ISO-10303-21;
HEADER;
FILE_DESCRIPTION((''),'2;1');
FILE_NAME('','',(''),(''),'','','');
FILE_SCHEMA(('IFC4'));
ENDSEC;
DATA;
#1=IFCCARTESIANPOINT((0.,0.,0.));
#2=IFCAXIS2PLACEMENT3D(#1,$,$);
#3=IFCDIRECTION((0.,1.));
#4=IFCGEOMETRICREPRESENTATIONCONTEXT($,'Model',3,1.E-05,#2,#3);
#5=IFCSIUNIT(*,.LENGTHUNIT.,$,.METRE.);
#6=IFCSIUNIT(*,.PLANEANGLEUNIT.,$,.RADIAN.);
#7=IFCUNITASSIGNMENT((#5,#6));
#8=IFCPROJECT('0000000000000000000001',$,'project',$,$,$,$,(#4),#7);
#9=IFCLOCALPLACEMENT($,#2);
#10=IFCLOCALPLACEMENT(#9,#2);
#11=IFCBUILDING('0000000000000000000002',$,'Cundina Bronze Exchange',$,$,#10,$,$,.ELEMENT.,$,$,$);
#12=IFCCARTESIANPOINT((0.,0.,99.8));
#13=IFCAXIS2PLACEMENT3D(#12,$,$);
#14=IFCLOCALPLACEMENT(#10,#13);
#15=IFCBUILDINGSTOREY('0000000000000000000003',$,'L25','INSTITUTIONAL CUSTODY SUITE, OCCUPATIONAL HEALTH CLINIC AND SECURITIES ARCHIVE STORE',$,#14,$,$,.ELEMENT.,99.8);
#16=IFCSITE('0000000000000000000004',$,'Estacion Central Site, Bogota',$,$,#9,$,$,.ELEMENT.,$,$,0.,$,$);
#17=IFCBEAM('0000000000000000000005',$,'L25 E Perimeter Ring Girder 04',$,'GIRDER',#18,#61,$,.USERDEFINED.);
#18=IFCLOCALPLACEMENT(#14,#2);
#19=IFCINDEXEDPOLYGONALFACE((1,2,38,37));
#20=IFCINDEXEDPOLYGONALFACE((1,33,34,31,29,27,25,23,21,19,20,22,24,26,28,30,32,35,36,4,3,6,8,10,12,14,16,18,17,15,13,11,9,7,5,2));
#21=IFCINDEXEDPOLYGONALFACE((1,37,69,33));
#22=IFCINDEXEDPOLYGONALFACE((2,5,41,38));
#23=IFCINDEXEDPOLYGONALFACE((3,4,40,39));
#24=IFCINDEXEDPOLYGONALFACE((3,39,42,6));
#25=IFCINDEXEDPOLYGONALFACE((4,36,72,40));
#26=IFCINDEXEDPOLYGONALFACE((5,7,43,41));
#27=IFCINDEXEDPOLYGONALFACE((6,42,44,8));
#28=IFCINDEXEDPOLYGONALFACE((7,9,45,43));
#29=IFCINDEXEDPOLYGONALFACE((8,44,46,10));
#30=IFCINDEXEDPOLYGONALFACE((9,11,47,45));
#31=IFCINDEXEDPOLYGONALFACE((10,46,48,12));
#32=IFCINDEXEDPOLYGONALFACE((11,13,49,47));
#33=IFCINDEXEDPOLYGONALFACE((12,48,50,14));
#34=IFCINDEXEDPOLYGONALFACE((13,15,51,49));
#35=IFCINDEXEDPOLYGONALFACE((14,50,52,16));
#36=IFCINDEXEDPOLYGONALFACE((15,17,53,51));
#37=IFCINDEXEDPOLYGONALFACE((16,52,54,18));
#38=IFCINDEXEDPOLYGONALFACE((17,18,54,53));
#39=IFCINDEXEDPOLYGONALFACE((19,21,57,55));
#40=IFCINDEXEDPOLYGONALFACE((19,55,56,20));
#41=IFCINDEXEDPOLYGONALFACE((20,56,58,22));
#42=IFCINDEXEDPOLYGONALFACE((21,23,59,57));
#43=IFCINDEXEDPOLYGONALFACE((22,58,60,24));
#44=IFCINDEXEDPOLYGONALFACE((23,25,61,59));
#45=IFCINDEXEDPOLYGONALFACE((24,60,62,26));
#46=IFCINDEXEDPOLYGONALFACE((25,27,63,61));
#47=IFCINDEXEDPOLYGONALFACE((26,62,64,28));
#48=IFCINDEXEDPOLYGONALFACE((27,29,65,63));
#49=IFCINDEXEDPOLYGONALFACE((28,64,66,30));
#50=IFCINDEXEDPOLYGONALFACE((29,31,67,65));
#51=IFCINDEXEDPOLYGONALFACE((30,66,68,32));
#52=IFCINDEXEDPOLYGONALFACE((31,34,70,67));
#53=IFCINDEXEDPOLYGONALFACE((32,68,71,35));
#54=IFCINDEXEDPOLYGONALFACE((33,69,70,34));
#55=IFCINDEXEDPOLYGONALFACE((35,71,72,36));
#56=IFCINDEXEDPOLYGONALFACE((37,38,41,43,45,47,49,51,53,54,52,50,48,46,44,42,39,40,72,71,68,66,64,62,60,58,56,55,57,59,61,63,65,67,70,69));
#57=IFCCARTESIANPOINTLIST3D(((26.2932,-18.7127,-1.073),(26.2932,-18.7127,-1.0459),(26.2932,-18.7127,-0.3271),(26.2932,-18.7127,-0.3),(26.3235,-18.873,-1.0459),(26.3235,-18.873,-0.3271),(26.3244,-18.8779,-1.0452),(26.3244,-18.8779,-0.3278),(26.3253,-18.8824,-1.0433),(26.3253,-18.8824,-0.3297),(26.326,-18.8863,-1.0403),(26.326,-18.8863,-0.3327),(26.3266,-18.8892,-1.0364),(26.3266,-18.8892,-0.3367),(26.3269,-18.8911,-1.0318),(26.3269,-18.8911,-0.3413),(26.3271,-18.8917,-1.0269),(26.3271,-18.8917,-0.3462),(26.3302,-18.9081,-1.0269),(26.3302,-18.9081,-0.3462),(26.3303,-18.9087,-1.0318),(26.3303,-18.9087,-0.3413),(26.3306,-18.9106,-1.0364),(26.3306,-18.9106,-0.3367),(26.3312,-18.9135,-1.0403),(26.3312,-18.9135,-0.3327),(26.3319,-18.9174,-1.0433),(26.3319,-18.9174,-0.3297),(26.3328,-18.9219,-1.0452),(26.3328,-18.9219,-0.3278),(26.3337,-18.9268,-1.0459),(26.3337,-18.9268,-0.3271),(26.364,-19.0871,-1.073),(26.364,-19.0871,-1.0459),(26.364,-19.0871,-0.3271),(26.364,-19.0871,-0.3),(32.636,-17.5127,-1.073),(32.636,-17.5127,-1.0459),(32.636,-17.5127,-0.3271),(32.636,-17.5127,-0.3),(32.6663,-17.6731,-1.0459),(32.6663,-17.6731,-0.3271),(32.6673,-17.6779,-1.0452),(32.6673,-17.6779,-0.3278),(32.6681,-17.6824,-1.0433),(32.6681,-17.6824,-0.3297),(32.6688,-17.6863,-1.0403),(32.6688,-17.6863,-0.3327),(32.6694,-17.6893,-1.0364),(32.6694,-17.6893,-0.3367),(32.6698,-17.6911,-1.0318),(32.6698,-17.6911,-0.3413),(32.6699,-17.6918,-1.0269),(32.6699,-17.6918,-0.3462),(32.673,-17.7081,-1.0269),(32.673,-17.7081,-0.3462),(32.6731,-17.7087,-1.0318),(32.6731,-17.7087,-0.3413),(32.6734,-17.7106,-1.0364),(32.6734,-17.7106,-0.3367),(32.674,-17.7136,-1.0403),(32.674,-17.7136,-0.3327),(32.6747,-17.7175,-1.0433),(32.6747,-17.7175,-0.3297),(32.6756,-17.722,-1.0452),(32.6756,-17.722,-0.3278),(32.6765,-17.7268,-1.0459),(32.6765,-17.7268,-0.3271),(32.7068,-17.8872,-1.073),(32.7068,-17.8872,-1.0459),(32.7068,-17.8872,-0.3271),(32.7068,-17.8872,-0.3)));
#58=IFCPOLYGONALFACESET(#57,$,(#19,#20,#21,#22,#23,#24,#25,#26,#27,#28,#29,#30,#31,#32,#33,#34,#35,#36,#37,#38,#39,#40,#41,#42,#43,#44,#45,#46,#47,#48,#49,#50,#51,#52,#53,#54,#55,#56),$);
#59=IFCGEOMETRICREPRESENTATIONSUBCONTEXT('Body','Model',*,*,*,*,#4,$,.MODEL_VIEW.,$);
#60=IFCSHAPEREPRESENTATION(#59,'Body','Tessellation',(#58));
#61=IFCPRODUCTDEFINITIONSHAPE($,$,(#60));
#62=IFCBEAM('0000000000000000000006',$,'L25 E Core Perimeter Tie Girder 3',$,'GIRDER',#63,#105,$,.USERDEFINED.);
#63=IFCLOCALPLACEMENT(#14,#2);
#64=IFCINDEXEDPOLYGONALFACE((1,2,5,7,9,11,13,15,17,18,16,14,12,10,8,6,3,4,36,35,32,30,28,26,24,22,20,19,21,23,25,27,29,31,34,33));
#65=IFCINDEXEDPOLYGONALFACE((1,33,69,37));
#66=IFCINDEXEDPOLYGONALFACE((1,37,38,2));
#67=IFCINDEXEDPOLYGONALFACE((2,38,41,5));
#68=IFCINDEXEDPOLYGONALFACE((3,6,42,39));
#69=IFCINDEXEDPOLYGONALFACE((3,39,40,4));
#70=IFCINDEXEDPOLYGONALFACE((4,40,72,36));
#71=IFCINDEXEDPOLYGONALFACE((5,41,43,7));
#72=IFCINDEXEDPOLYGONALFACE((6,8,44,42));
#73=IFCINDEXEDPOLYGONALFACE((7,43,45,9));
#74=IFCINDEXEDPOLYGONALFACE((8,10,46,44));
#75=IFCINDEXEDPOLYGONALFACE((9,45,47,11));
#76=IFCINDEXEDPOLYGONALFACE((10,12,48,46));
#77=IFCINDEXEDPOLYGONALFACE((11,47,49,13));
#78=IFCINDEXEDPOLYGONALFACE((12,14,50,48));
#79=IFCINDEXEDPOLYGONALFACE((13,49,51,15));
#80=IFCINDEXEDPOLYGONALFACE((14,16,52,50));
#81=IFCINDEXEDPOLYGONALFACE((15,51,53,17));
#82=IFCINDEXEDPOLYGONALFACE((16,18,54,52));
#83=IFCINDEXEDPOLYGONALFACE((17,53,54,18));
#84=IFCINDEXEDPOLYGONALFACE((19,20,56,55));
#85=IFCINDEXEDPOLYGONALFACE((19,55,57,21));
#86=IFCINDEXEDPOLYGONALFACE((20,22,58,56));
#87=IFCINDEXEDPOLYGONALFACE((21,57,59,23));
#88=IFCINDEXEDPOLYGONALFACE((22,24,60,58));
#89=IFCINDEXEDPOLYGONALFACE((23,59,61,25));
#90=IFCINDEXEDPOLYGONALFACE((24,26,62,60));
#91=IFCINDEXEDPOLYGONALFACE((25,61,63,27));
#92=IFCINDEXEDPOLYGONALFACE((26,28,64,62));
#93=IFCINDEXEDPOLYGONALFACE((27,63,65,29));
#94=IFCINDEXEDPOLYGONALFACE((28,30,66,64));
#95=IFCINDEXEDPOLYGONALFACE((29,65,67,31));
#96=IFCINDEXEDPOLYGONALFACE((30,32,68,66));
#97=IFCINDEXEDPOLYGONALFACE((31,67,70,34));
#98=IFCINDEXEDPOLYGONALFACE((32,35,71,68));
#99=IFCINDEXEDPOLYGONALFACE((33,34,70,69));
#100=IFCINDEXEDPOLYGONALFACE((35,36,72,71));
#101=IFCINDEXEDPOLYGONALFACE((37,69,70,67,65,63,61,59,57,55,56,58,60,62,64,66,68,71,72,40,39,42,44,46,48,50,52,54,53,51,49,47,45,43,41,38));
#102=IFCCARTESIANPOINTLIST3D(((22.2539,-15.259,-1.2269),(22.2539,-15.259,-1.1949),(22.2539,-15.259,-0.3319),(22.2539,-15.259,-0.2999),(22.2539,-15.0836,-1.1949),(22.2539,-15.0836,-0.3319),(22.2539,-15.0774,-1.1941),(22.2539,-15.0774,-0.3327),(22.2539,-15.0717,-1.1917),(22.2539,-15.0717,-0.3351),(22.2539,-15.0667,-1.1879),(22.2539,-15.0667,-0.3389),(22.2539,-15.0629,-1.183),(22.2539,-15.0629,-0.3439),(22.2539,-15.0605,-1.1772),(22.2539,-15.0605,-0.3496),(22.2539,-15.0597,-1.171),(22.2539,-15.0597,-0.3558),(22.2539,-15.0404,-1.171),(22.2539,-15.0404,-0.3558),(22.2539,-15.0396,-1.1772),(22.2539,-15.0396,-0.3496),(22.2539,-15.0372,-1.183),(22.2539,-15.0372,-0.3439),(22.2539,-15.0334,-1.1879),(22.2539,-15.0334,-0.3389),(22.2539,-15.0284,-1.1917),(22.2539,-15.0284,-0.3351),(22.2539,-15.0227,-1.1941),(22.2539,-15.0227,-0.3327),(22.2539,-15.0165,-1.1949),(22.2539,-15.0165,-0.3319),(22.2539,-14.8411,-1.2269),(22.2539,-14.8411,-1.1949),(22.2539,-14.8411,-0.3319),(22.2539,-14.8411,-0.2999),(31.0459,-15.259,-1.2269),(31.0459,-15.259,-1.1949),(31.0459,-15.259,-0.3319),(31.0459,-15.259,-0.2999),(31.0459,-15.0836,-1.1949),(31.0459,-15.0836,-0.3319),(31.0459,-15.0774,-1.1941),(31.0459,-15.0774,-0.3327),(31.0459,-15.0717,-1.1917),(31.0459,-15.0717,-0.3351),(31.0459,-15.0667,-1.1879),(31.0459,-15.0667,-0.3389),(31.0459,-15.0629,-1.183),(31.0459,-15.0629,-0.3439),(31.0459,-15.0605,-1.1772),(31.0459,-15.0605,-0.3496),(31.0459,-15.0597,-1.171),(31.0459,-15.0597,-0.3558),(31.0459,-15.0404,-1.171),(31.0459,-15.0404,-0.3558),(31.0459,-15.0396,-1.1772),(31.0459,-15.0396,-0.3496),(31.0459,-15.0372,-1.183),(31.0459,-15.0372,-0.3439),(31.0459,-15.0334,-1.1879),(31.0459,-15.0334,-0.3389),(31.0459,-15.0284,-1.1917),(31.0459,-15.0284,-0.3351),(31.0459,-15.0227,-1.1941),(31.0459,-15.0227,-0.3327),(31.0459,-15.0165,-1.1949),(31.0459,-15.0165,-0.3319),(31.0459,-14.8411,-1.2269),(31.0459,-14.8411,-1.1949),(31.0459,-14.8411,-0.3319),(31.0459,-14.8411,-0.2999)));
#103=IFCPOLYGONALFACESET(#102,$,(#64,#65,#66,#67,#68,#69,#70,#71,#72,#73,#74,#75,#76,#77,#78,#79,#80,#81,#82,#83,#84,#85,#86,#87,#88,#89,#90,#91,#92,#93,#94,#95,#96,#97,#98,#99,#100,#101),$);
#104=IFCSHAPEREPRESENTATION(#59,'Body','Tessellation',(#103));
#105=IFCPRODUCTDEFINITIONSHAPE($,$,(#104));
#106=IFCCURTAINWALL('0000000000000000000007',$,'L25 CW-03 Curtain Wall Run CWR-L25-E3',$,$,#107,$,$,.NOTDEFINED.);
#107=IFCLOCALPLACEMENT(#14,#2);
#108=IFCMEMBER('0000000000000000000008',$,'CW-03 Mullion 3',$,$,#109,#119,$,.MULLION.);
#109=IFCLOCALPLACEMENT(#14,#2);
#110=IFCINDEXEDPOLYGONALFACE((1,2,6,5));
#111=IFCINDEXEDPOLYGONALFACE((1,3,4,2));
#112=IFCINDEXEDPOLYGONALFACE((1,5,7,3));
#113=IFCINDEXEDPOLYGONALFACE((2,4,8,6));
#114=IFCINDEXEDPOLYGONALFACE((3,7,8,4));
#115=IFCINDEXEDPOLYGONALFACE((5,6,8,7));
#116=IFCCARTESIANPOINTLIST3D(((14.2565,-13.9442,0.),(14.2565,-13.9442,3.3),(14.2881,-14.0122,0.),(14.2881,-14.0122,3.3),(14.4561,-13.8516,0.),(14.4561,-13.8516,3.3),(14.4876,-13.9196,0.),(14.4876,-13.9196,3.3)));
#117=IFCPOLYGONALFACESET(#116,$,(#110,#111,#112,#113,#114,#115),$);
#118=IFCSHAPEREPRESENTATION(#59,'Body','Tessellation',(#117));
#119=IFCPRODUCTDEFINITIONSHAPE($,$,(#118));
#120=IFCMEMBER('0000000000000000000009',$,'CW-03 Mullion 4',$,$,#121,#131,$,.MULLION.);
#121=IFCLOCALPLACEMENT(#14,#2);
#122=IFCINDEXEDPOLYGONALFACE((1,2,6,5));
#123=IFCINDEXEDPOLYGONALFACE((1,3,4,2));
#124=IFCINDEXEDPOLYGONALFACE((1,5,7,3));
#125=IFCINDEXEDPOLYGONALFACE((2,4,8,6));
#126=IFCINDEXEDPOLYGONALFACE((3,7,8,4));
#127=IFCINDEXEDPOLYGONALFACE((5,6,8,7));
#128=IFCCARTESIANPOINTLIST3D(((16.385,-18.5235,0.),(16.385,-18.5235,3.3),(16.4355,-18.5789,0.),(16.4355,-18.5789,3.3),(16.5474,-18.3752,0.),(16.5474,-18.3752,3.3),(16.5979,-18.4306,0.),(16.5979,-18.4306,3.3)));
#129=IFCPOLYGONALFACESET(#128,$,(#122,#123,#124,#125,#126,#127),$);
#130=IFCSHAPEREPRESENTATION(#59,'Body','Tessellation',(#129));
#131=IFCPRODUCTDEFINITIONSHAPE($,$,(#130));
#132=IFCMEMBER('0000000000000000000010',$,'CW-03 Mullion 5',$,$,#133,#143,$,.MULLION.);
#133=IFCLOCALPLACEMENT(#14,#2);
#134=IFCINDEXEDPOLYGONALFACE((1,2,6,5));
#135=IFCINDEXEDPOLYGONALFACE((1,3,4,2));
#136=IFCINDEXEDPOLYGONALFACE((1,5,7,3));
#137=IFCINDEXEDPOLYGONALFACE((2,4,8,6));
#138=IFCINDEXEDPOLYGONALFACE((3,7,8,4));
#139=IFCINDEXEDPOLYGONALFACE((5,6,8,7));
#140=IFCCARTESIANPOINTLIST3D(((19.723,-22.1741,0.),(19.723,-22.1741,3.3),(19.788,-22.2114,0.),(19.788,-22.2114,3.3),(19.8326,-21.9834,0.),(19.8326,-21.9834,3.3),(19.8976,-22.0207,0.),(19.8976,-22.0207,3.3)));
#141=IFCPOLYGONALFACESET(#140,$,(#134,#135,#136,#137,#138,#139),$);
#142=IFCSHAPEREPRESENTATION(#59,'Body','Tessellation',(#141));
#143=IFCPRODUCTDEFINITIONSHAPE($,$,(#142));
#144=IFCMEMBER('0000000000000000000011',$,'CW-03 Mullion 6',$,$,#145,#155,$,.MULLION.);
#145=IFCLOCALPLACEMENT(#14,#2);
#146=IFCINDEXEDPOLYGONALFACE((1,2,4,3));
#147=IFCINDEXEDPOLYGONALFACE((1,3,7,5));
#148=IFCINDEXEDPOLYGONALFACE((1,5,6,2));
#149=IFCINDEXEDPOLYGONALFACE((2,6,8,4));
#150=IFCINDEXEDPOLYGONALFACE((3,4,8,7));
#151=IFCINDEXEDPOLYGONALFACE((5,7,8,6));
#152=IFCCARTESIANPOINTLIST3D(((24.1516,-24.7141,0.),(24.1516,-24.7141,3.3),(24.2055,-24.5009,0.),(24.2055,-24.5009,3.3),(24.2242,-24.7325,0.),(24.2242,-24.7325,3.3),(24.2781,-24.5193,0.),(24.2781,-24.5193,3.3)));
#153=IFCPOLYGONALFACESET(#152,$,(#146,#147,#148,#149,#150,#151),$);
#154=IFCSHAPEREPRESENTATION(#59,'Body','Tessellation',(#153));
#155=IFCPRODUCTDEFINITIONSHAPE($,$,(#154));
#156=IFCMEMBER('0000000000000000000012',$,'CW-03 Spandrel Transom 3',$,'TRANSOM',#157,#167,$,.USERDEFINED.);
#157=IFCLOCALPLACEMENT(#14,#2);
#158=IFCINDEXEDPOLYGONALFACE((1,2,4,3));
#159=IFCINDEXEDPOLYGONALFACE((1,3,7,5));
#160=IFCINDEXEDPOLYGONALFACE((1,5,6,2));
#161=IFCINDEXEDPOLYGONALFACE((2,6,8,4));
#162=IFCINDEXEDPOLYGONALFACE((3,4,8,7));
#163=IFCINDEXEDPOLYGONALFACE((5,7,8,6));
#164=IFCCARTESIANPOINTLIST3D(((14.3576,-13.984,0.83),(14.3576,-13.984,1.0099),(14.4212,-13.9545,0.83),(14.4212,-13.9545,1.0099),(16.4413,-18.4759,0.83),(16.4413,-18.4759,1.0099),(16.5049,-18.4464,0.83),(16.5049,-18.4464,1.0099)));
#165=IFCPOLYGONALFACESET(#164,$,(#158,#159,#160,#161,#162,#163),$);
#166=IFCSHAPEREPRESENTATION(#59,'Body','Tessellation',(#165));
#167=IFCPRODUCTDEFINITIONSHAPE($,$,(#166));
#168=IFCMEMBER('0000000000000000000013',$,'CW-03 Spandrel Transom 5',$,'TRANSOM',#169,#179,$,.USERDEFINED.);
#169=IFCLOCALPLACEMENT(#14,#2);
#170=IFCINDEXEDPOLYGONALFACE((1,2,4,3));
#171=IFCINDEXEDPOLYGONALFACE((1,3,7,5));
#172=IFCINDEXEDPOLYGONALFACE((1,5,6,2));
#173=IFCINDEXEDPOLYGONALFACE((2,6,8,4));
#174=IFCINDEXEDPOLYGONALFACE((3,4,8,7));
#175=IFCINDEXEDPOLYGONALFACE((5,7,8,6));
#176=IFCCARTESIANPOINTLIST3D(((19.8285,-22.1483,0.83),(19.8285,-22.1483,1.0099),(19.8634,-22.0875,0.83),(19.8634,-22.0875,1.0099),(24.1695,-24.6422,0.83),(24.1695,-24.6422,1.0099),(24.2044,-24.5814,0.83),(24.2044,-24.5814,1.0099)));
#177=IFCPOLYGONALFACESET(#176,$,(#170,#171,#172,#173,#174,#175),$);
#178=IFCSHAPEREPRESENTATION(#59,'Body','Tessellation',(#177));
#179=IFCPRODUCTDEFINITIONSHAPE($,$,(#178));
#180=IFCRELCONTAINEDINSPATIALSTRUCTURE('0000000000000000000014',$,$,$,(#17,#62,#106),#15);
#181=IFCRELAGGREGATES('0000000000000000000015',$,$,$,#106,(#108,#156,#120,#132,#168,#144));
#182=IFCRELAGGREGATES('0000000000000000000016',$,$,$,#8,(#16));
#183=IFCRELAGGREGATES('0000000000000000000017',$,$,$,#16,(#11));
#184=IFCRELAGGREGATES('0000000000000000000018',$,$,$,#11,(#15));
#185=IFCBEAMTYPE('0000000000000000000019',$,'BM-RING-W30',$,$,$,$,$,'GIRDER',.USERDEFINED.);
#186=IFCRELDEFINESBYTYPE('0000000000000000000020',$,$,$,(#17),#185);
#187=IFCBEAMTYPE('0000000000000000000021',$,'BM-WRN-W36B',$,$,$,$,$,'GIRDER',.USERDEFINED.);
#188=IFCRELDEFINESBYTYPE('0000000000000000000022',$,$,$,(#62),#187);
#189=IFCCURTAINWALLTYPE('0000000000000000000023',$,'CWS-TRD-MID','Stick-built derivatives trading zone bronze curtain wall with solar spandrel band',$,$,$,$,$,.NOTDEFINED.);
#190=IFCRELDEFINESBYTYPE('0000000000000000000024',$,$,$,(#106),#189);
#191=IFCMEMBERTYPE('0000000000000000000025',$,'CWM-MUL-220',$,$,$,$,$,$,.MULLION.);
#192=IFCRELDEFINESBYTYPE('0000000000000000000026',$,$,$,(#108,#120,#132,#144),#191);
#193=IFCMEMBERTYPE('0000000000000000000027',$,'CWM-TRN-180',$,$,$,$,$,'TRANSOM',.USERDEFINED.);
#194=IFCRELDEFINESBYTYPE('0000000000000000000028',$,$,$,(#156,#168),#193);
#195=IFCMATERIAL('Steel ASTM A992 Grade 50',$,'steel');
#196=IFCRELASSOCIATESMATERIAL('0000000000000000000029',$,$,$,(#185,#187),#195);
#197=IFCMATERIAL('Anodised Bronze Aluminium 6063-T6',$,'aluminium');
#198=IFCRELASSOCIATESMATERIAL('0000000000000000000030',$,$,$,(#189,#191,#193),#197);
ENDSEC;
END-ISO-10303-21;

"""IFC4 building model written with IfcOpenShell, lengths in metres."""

from ifc_helpers import new_model, si_unit, direction, frame, origin, origin_2d, place, context, subcontext, project, spatial, rectangle, i_section, extrude, material, material_profile, profile_set, type_object, element, aggregate, save


model = new_model("IFC4")

# Units and contexts
model_context = context("Model", 3, precision=1e-05, world=origin(), true_north=direction((0.0, 1.0)))
body_context = subcontext(model_context, "Body", "Model", "MODEL_VIEW")
ifc_project = project(units=[si_unit("LENGTHUNIT", "METRE"), si_unit("PLANEANGLEUNIT", "RADIAN")], contexts=[model_context])

# Site, building, storey
site_placement = place(None, origin())
site = spatial("IfcSite", under=ifc_project, at=site_placement, Name="Estacion Central Site, Bogota", CompositionType="ELEMENT", RefElevation=0.0)
building_placement = place(site_placement, origin())
building = spatial("IfcBuilding", under=site, at=building_placement, Name="Cundina Bronze Exchange", CompositionType="ELEMENT")
storey_placement = place(building_placement, frame((0.0, 0.0, 99.8)))
storey = spatial("IfcBuildingStorey", under=building, at=storey_placement, Name="L25", Description="INSTITUTIONAL CUSTODY SUITE, OCCUPATIONAL HEALTH CLINIC AND SECURITIES ARCHIVE STORE", CompositionType="ELEMENT", Elevation=99.8)

# Shared definitions
ifc_material_1 = material(Name="Steel ASTM A992 Grade 50", Category="steel")

# Beams
ifc_material_profile_1 = material_profile(ifc_material_1, i_section(OverallWidth=0.3811, OverallDepth=0.7729, WebThickness=0.0166, FlangeThickness=0.0271, FilletRadius=0.019, at=origin_2d()), Name="W30X173", Category="steel")
ifc_profile_set_1 = profile_set([ifc_material_profile_1], Name="Steel ASTM A992 Grade 50")
beam_type_1 = type_object("IfcBeamType", Name="BM-RING-W30", ElementType="GIRDER", PredefinedType="USERDEFINED", material=ifc_profile_set_1)
beam_1_placement = place(storey_placement, frame((26.3286, -18.8999, -0.6865), z_axis=(0.982571, 0.185887, 0.0), x_axis=(-0.185887, 0.982571, 0.0)))
element("IfcBeam", 1, at=beam_1_placement, inside=storey, type_object=beam_type_1, Name="L25 E Perimeter Ring Girder 04", ObjectType="GIRDER", PredefinedType="USERDEFINED", context=body_context, shape_type="SweptSolid", body=[
    extrude(i_section(OverallWidth=0.3811, OverallDepth=0.7729, WebThickness=0.0166, FlangeThickness=0.0271, FilletRadius=0.019, at=origin_2d()), origin(), (0.0, 0.0, 1.0), 6.4553),
])
ifc_material_profile_2 = material_profile(ifc_material_1, i_section(OverallWidth=0.418, OverallDepth=0.927, WebThickness=0.0193, FlangeThickness=0.032, FilletRadius=0.0239, at=origin_2d()), Name="W36X231", Category="steel")
ifc_profile_set_2 = profile_set([ifc_material_profile_2], Name="Steel ASTM A992 Grade 50")
beam_type_2 = type_object("IfcBeamType", Name="BM-WRN-W36B", ElementType="GIRDER", PredefinedType="USERDEFINED", material=ifc_profile_set_2)
beam_2_placement = place(storey_placement, frame((22.2539, -15.05, -0.7634), z_axis=(1.0, 0.0, 0.0), x_axis=(0.0, 1.0, 0.0)))
element("IfcBeam", 2, at=beam_2_placement, inside=storey, type_object=beam_type_2, Name="L25 E Core Perimeter Tie Girder 3", ObjectType="GIRDER", PredefinedType="USERDEFINED", context=body_context, shape_type="SweptSolid", body=[
    extrude(i_section(OverallWidth=0.418, OverallDepth=0.927, WebThickness=0.0193, FlangeThickness=0.032, FilletRadius=0.0239, at=origin_2d()), origin(), (0.0, 0.0, 1.0), 8.792),
])

# Curtain wall, members
ifc_material_2 = material(Name="Anodised Bronze Aluminium 6063-T6", Category="aluminium")
curtain_wall_type = type_object("IfcCurtainWallType", Name="CWS-TRD-MID", Description="Stick-built derivatives trading zone bronze curtain wall with solar spandrel band", PredefinedType="NOTDEFINED", material=ifc_material_2)
curtain_wall_placement = place(storey_placement, origin())
curtain_wall = element("IfcCurtainWall", 3, at=curtain_wall_placement, inside=storey, type_object=curtain_wall_type, Name="L25 CW-03 Curtain Wall Run CWR-L25-E3", PredefinedType="NOTDEFINED")
ifc_material_profile_3 = material_profile(ifc_material_2, rectangle(XDim=0.075, YDim=0.22, at=origin_2d()), Name="AL75X220", Category="aluminium")
ifc_profile_set_3 = profile_set([ifc_material_profile_3], Name="Anodised Bronze Aluminium 6063-T6")
member_type_1 = type_object("IfcMemberType", Name="CWM-MUL-220", PredefinedType="MULLION", material=ifc_profile_set_3)
member_1_placement = place(storey_placement, frame((14.3721, -13.9319, 0.0), z_axis=(0.0, 0.0, 1.0), x_axis=(0.420877, -0.907117, 0.0)))
member_1 = element("IfcMember", 4, at=member_1_placement, type_object=member_type_1, Name="CW-03 Mullion 3", PredefinedType="MULLION", context=body_context, shape_type="SweptSolid", body=[
    extrude(rectangle(XDim=0.075, YDim=0.22, at=origin_2d()), origin(), (0.0, 0.0, 1.0), 3.3),
])
member_2_placement = place(storey_placement, frame((16.4915, -18.4771, 0.0), z_axis=(0.0, 0.0, 1.0), x_axis=(0.674302, -0.738455, 0.0)))
member_2 = element("IfcMember", 5, at=member_2_placement, type_object=member_type_1, Name="CW-03 Mullion 4", PredefinedType="MULLION", context=body_context, shape_type="SweptSolid", body=[
    extrude(rectangle(XDim=0.075, YDim=0.22, at=origin_2d()), origin(), (0.0, 0.0, 1.0), 3.3),
])
member_3_placement = place(storey_placement, frame((19.8103, -22.0974, 0.0), z_axis=(0.0, 0.0, 1.0), x_axis=(0.867071, -0.498185, 0.0)))
member_3 = element("IfcMember", 6, at=member_3_placement, type_object=member_type_1, Name="CW-03 Mullion 5", PredefinedType="MULLION", context=body_context, shape_type="SweptSolid", body=[
    extrude(rectangle(XDim=0.075, YDim=0.22, at=origin_2d()), origin(), (0.0, 0.0, 1.0), 3.3),
])
member_4_placement = place(storey_placement, frame((24.2148, -24.6167, 0.0), z_axis=(0.0, 0.0, 1.0), x_axis=(0.969488, -0.245138, 0.0)))
member_4 = element("IfcMember", 7, at=member_4_placement, type_object=member_type_1, Name="CW-03 Mullion 6", PredefinedType="MULLION", context=body_context, shape_type="SweptSolid", body=[
    extrude(rectangle(XDim=0.075, YDim=0.22, at=origin_2d()), origin(), (0.0, 0.0, 1.0), 3.3),
])
ifc_material_profile_4 = material_profile(ifc_material_2, rectangle(XDim=0.0701, YDim=0.1799, at=origin_2d()), Name="AL70X180", Category="aluminium")
ifc_profile_set_4 = profile_set([ifc_material_profile_4], Name="Anodised Bronze Aluminium 6063-T6")
member_type_2 = type_object("IfcMemberType", Name="CWM-TRN-180", ElementType="TRANSOM", PredefinedType="USERDEFINED", material=ifc_profile_set_4)
member_5_placement = place(storey_placement, frame((14.3894, -13.9692, 0.9199), z_axis=(0.420811, -0.907148, 0.0), x_axis=(0.907148, 0.420811, 0.0)))
member_5 = element("IfcMember", 8, at=member_5_placement, type_object=member_type_2, Name="CW-03 Spandrel Transom 3", ObjectType="TRANSOM", PredefinedType="USERDEFINED", context=body_context, shape_type="SweptSolid", body=[
    extrude(rectangle(XDim=0.0701, YDim=0.1799, at=origin_2d()), origin(), (0.0, 0.0, 1.0), 4.9517),
])
member_6_placement = place(storey_placement, frame((19.8459, -22.1179, 0.9199), z_axis=(0.867097, -0.498139, 0.0), x_axis=(0.498139, 0.867097, 0.0)))
member_6 = element("IfcMember", 9, at=member_6_placement, type_object=member_type_2, Name="CW-03 Spandrel Transom 5", ObjectType="TRANSOM", PredefinedType="USERDEFINED", context=body_context, shape_type="SweptSolid", body=[
    extrude(rectangle(XDim=0.0701, YDim=0.1799, at=origin_2d()), origin(), (0.0, 0.0, 1.0), 5.0063),
])
aggregate(curtain_wall, [member_1, member_5, member_2, member_3, member_6, member_4])

save(model, "model.ifc")
